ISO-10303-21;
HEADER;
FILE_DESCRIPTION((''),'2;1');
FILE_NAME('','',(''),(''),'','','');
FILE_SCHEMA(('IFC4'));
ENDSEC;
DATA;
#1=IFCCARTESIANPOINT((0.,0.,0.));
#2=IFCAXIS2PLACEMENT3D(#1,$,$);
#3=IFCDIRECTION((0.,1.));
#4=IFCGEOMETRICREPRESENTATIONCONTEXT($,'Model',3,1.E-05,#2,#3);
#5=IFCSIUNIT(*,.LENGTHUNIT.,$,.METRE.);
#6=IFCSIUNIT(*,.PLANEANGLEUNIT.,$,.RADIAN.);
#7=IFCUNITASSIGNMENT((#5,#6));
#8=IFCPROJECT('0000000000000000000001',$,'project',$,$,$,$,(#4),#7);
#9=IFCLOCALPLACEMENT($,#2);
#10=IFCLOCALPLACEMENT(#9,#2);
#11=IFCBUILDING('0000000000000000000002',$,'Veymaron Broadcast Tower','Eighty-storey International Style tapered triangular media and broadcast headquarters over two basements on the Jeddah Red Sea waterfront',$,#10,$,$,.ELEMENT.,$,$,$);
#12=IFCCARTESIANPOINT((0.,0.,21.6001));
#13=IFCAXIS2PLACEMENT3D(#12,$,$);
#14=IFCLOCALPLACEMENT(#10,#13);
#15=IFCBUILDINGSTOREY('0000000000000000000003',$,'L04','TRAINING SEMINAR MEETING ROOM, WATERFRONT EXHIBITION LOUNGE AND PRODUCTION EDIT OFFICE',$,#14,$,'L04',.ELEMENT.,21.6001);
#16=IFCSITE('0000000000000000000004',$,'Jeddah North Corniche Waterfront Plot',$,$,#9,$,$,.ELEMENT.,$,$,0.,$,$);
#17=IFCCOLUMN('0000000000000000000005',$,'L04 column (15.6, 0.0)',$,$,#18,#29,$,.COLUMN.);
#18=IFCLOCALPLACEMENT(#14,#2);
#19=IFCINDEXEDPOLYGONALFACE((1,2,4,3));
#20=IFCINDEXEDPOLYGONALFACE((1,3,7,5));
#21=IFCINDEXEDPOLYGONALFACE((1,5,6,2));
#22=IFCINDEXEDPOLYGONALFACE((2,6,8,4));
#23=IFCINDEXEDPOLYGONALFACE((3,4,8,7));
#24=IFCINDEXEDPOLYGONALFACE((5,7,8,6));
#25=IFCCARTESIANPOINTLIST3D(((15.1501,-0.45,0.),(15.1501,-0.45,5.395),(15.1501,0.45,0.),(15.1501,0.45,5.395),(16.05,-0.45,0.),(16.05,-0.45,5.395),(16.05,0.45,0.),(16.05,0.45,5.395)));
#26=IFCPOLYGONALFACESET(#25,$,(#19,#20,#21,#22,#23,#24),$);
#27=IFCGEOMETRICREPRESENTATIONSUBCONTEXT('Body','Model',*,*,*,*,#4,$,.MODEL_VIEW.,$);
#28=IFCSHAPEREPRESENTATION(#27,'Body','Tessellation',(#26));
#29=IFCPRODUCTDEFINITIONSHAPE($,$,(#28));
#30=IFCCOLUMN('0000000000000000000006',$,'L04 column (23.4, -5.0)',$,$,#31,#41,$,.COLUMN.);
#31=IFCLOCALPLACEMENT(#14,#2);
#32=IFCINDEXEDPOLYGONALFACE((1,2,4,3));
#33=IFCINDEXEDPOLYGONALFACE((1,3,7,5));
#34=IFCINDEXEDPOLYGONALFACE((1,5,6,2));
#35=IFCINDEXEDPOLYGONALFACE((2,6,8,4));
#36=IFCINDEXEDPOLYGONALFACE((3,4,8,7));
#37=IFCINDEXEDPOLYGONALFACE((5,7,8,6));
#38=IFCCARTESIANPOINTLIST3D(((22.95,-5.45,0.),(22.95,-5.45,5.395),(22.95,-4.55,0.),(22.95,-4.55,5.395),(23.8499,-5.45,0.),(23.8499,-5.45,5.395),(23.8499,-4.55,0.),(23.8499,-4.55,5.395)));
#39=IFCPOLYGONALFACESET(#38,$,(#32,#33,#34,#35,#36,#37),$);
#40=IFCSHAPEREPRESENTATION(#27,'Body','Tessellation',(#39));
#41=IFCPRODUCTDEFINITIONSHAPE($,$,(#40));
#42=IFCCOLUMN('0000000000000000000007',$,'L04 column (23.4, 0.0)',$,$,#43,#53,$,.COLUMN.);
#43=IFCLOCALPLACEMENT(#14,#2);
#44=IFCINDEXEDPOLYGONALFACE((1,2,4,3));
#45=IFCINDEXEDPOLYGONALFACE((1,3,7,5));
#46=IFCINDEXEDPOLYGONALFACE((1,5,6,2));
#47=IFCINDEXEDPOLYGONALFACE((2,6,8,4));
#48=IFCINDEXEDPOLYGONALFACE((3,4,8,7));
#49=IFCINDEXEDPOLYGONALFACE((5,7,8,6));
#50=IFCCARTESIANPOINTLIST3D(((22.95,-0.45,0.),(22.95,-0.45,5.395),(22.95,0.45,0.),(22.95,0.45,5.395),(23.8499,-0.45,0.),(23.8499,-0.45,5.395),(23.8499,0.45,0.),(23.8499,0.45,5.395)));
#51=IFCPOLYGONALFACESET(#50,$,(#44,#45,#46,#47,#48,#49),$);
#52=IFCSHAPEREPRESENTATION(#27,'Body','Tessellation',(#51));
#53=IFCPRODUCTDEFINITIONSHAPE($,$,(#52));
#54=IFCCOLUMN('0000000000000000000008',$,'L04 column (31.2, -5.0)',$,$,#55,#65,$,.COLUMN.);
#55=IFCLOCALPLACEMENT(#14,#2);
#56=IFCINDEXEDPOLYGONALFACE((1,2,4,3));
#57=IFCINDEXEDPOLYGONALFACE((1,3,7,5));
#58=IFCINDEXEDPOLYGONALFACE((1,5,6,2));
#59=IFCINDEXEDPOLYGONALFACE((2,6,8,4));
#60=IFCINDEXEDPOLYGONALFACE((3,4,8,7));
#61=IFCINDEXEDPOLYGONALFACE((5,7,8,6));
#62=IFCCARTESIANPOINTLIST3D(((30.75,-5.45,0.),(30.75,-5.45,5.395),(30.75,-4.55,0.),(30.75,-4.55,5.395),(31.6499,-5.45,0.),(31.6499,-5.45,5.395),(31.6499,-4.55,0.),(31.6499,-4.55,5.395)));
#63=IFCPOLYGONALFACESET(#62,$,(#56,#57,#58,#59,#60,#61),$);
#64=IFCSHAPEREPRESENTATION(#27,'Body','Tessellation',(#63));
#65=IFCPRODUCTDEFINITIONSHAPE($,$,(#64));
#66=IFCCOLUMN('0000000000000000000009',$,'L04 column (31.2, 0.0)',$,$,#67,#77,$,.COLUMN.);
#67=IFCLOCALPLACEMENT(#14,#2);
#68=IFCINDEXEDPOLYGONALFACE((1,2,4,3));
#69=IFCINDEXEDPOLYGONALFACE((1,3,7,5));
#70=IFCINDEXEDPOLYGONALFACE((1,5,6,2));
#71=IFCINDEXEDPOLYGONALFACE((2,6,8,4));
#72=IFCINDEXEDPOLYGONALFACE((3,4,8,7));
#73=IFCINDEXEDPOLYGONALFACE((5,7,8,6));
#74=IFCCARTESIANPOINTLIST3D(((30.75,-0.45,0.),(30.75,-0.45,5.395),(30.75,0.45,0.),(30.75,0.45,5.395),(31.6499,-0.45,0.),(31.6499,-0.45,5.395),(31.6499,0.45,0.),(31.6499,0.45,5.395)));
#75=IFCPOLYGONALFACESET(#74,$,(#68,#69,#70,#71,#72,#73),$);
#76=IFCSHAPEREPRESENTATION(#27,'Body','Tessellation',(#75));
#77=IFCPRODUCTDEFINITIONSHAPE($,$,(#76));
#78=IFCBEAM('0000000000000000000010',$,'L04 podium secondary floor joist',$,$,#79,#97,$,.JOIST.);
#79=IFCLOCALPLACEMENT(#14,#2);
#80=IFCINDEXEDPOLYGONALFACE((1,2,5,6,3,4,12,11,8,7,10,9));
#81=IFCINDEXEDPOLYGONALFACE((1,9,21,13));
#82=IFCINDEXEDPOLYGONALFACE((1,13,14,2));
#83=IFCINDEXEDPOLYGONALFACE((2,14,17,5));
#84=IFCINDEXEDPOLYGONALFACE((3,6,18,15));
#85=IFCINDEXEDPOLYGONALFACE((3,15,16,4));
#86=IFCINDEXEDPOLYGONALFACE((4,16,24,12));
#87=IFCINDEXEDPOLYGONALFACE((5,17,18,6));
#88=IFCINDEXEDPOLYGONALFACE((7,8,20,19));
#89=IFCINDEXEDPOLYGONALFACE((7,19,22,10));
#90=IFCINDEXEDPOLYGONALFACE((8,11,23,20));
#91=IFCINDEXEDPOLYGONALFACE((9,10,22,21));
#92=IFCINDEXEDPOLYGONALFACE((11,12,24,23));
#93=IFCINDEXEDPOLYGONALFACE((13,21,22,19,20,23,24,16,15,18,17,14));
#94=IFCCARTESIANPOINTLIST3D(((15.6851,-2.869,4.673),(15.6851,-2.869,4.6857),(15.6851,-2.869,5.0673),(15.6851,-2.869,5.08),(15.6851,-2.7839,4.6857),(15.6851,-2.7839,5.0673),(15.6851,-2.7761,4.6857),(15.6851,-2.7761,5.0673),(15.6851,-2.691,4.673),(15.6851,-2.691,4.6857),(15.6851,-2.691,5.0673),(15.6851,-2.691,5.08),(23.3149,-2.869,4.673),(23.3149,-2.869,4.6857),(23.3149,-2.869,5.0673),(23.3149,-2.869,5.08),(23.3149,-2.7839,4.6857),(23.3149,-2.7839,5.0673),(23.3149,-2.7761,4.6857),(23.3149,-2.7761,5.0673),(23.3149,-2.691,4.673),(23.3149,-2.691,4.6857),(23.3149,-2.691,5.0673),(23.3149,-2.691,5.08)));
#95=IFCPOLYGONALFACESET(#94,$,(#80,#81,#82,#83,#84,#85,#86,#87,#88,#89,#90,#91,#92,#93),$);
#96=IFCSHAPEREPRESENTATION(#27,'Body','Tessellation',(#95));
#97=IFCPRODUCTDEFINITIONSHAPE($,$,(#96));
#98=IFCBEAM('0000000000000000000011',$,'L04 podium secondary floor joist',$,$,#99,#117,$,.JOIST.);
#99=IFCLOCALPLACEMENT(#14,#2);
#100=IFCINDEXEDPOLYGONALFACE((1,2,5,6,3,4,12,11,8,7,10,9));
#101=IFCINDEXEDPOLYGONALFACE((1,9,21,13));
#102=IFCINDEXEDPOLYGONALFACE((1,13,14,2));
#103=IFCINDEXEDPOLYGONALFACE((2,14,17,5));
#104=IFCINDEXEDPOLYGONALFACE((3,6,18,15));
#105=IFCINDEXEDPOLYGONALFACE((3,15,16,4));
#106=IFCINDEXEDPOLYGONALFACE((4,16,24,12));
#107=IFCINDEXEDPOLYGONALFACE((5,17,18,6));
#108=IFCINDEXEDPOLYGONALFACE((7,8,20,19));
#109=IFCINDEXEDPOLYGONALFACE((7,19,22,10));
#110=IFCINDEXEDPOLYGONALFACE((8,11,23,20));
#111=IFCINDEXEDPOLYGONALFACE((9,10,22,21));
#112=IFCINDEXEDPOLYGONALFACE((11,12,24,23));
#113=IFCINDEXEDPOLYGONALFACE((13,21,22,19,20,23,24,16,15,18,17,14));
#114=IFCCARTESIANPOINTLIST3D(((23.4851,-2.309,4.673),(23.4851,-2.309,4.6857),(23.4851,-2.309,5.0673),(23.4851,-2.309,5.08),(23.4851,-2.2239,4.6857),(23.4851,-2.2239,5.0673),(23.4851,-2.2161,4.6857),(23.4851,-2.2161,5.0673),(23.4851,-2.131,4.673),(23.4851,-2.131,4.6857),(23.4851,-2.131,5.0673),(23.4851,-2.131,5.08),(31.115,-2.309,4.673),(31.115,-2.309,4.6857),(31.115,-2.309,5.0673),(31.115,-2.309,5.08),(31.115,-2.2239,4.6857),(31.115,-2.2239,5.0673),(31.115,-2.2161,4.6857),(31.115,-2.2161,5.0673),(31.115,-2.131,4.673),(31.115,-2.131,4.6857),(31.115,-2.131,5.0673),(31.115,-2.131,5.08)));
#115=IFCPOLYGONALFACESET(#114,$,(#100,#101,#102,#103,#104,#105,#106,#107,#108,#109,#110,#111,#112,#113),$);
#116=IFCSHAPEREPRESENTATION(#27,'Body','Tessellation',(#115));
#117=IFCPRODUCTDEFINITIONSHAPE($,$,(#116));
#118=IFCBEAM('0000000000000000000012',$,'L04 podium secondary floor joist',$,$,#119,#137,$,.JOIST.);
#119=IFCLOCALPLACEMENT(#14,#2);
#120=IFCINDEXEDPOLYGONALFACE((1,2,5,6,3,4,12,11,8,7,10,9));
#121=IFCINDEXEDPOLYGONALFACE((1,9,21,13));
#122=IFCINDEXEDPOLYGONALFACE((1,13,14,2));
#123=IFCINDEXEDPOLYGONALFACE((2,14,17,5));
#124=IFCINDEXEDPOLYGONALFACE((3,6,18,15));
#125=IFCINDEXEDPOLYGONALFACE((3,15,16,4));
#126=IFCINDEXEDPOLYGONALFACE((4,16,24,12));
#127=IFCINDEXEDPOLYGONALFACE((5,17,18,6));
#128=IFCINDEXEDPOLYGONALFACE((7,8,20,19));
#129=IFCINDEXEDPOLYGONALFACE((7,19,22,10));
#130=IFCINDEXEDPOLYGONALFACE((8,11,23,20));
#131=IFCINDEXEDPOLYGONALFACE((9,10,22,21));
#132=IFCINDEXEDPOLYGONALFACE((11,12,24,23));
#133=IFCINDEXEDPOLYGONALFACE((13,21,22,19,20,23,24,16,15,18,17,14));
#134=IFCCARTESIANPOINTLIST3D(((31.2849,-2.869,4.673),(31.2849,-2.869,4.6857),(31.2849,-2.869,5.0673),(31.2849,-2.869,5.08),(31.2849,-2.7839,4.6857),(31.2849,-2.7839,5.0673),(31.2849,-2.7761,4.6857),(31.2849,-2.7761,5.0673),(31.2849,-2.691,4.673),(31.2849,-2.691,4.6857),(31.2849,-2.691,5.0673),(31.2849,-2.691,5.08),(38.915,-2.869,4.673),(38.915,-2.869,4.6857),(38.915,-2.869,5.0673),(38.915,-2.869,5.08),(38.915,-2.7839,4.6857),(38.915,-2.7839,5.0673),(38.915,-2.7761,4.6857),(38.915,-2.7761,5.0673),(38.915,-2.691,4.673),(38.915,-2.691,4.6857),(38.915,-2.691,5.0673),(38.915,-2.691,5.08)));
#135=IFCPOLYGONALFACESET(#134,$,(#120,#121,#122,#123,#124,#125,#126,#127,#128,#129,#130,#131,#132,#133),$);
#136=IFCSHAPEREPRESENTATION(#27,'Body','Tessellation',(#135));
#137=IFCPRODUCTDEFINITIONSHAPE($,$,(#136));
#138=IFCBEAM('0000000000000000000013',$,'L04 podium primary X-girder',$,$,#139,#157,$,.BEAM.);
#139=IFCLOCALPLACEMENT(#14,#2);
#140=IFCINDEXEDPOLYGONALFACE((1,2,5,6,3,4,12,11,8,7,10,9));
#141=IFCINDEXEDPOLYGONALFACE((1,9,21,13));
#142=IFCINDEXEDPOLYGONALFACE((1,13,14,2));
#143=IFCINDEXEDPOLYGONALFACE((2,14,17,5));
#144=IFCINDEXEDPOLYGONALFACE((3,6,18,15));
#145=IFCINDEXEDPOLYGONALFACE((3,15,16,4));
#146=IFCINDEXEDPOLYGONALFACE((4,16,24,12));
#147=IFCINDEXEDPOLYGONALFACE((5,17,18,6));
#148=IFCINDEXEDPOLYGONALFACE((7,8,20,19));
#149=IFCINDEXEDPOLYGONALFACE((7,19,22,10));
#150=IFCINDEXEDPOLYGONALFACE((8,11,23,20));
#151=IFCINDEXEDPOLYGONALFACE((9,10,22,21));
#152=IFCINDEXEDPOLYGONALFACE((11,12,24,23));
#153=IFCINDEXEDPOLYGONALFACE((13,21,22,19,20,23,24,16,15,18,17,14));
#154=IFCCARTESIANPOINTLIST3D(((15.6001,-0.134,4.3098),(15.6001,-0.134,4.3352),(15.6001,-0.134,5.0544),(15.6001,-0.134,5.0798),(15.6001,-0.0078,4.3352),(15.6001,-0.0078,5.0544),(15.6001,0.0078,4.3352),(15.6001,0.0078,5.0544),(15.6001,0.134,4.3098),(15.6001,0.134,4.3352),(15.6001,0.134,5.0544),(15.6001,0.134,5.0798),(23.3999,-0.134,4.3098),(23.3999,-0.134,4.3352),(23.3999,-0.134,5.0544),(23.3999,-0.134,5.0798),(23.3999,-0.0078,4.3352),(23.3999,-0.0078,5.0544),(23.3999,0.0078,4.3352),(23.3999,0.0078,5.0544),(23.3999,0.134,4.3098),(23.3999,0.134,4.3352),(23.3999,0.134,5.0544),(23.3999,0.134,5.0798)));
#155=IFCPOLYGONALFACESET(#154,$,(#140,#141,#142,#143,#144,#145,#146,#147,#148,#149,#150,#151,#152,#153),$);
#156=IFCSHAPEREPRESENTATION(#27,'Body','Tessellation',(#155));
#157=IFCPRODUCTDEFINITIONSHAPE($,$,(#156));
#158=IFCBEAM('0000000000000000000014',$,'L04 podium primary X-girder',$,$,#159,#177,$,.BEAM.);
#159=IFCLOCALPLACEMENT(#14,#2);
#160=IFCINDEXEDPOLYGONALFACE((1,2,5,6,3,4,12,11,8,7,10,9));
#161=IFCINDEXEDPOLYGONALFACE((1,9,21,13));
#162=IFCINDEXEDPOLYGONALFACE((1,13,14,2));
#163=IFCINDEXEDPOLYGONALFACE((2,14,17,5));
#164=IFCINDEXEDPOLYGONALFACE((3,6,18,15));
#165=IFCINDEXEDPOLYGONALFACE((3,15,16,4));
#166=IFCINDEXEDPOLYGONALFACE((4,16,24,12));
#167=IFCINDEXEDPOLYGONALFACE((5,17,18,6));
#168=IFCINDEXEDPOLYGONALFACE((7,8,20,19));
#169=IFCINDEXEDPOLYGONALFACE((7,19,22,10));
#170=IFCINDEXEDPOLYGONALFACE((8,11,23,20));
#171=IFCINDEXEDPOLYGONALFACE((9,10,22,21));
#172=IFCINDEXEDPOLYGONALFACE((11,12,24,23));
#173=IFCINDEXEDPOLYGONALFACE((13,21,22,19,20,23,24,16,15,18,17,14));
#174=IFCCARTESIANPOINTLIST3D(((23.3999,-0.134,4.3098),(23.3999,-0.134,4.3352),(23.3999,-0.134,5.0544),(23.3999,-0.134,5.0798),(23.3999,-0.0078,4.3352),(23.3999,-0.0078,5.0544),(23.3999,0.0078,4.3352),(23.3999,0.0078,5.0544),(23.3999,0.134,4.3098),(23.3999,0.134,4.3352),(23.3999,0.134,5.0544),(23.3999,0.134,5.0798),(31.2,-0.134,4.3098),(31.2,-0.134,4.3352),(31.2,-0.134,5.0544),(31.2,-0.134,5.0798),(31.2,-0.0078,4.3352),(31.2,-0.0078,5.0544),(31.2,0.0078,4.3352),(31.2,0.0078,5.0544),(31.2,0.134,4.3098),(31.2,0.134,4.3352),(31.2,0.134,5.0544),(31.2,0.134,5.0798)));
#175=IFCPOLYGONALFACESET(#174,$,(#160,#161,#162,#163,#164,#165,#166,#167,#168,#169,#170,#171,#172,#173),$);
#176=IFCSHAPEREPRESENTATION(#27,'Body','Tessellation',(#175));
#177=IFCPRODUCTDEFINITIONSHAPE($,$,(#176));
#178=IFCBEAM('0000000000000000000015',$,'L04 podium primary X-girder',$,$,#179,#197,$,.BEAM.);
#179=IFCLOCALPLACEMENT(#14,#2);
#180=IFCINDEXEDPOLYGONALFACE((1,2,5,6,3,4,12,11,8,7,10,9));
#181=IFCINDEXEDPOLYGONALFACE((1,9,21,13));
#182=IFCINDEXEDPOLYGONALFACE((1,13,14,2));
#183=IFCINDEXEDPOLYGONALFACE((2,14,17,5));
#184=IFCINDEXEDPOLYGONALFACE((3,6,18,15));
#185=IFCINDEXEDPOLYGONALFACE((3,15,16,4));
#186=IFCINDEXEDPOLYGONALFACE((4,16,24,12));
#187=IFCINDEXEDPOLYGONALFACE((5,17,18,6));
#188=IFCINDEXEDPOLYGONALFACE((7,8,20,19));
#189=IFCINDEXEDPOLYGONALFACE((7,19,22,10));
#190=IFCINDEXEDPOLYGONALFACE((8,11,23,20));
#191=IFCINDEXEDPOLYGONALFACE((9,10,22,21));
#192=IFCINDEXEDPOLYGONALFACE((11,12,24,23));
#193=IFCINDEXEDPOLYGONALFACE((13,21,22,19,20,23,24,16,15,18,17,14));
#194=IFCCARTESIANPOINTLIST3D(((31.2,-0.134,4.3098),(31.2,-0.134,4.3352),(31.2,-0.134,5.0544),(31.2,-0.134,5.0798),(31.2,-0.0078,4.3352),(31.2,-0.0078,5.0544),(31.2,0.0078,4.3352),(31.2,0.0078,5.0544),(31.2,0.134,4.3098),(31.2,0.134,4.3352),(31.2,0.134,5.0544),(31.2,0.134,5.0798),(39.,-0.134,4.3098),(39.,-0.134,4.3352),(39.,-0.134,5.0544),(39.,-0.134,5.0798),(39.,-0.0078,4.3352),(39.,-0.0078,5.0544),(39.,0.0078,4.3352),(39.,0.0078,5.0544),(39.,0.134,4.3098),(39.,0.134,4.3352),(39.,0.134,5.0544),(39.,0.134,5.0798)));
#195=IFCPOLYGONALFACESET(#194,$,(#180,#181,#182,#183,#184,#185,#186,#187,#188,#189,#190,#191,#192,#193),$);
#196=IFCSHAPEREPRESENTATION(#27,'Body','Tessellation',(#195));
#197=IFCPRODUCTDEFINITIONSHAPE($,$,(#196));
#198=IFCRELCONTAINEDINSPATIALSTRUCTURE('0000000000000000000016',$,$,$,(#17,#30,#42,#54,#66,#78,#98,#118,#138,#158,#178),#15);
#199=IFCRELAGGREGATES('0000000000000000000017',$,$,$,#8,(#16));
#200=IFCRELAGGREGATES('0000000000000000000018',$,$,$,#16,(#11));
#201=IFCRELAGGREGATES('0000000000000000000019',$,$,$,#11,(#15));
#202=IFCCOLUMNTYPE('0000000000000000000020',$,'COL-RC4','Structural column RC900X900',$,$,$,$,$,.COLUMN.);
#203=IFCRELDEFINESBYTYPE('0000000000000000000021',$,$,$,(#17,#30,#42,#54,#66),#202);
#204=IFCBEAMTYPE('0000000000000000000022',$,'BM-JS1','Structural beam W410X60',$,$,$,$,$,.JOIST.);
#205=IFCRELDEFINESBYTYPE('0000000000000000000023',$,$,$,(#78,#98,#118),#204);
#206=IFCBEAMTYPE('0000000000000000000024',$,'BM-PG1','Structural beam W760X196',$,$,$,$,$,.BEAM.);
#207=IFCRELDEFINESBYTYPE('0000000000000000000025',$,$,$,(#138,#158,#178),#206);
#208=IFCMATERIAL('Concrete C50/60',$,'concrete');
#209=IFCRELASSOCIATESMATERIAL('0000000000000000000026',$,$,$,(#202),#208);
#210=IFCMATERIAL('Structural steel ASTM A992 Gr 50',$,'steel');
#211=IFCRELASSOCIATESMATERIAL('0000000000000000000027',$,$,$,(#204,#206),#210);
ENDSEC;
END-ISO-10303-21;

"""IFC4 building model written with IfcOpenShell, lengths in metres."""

from ifc_helpers import new_model, si_unit, direction, frame, origin, origin_2d, place, context, subcontext, project, spatial, rectangle, i_section, extrude, material, material_profile, profile_set, type_object, element, save


model = new_model("IFC4")

# Units and contexts
model_context = context("Model", 3, precision=1e-05, world=origin(), true_north=direction((0.0, 1.0)))
body_context = subcontext(model_context, "Body", "Model", "MODEL_VIEW")
ifc_project = project(units=[si_unit("LENGTHUNIT", "METRE"), si_unit("PLANEANGLEUNIT", "RADIAN")], contexts=[model_context])

# Site, building, storey
site_placement = place(None, origin())
site = spatial("IfcSite", under=ifc_project, at=site_placement, Name="Jeddah North Corniche Waterfront Plot", CompositionType="ELEMENT", RefElevation=0.0)
building_placement = place(site_placement, origin())
building = spatial("IfcBuilding", under=site, at=building_placement, Name="Veymaron Broadcast Tower", Description="Eighty-storey International Style tapered triangular media and broadcast headquarters over two basements on the Jeddah Red Sea waterfront", CompositionType="ELEMENT")
storey_placement = place(building_placement, frame((0.0, 0.0, 21.6001)))
storey = spatial("IfcBuildingStorey", under=building, at=storey_placement, Name="L04", Description="TRAINING SEMINAR MEETING ROOM, WATERFRONT EXHIBITION LOUNGE AND PRODUCTION EDIT OFFICE", LongName="L04", CompositionType="ELEMENT", Elevation=21.6001)

# Columns
ifc_material_1 = material(Name="Concrete C50/60", Category="concrete")
ifc_material_profile_1 = material_profile(ifc_material_1, rectangle(XDim=0.8999, YDim=0.8999, at=origin_2d()), Name="RC900X900")
ifc_profile_set_1 = profile_set([ifc_material_profile_1], Name="Concrete C50/60")
column_type = type_object("IfcColumnType", Name="COL-RC4", Description="Structural column RC900X900", PredefinedType="COLUMN", material=ifc_profile_set_1)
for number, where, z_axis, x_axis, name in (
    (1, (15.6001, 0.0, 0.0), (0.0, 0.0, 1.0), (1.0, 0.0, 0.0), "L04 column (15.6, 0.0)"),
    (2, (23.3999, -5.0, 0.0), (0.0, 0.0, 1.0), (1.0, 0.0, 0.0), "L04 column (23.4, -5.0)"),
    (3, (23.3999, 0.0, 0.0), (0.0, 0.0, 1.0), (1.0, 0.0, 0.0), "L04 column (23.4, 0.0)"),
    (4, (31.2, -5.0, 0.0), (0.0, 0.0, 1.0), (1.0, 0.0, 0.0), "L04 column (31.2, -5.0)"),
    (5, (31.2, 0.0, 0.0), (0.0, 0.0, 1.0), (1.0, 0.0, 0.0), "L04 column (31.2, 0.0)"),
):
    element("IfcColumn", number, at=place(storey_placement, frame(where, z_axis=z_axis, x_axis=x_axis)), inside=storey, type_object=column_type, Name=name, PredefinedType="COLUMN", context=body_context, shape_type="SweptSolid", body=[
        extrude(rectangle(XDim=0.8999, YDim=0.8999, at=origin_2d()), origin(), (0.0, 0.0, 1.0), 5.395),
    ])

# Beams
ifc_material_2 = material(Name="Structural steel ASTM A992 Gr 50", Category="steel")
ifc_material_profile_2 = material_profile(ifc_material_2, i_section(OverallWidth=0.178, OverallDepth=0.407, WebThickness=0.0078, FlangeThickness=0.0127, at=origin_2d()), Name="W410X60")
ifc_profile_set_2 = profile_set([ifc_material_profile_2], Name="Structural steel ASTM A992 Gr 50")
beam_type_1 = type_object("IfcBeamType", Name="BM-JS1", Description="Structural beam W410X60", PredefinedType="JOIST", material=ifc_profile_set_2)
for number, where, z_axis, x_axis, name in (
    (6, (15.6851, -2.78, 4.8765), (1.0, 0.0, 0.0), (0.0, 1.0, 0.0), "L04 podium secondary floor joist"),
    (7, (23.4851, -2.22, 4.8765), (1.0, 0.0, 0.0), (0.0, 1.0, 0.0), "L04 podium secondary floor joist"),
):
    element("IfcBeam", number, at=place(storey_placement, frame(where, z_axis=z_axis, x_axis=x_axis)), inside=storey, type_object=beam_type_1, Name=name, PredefinedType="JOIST", context=body_context, shape_type="SweptSolid", body=[
        extrude(i_section(OverallWidth=0.178, OverallDepth=0.407, WebThickness=0.0078, FlangeThickness=0.0127, at=origin_2d()), origin(), (0.0, 0.0, 1.0), 7.6299),
    ])
beam_1_placement = place(storey_placement, frame((31.2849, -2.78, 4.8765), z_axis=(1.0, 0.0, 0.0), x_axis=(0.0, 1.0, 0.0)))
element("IfcBeam", 8, at=beam_1_placement, inside=storey, type_object=beam_type_1, Name="L04 podium secondary floor joist", PredefinedType="JOIST", context=body_context, shape_type="SweptSolid", body=[
    extrude(i_section(OverallWidth=0.178, OverallDepth=0.407, WebThickness=0.0078, FlangeThickness=0.0127, at=origin_2d()), origin(), (0.0, 0.0, 1.0), 7.6301),
])
ifc_material_profile_3 = material_profile(ifc_material_2, i_section(OverallWidth=0.2681, OverallDepth=0.77, WebThickness=0.0156, FlangeThickness=0.0254, at=origin_2d()), Name="W760X196")
ifc_profile_set_3 = profile_set([ifc_material_profile_3], Name="Structural steel ASTM A992 Gr 50")
beam_type_2 = type_object("IfcBeamType", Name="BM-PG1", Description="Structural beam W760X196", PredefinedType="BEAM", material=ifc_profile_set_3)
beam_2_placement = place(storey_placement, frame((15.6001, 0.0, 4.6948), z_axis=(1.0, 0.0, 0.0), x_axis=(0.0, 1.0, 0.0)))
element("IfcBeam", 9, at=beam_2_placement, inside=storey, type_object=beam_type_2, Name="L04 podium primary X-girder", PredefinedType="BEAM", context=body_context, shape_type="SweptSolid", body=[
    extrude(i_section(OverallWidth=0.2681, OverallDepth=0.77, WebThickness=0.0156, FlangeThickness=0.0254, at=origin_2d()), origin(), (0.0, 0.0, 1.0), 7.7998),
])
for number, where, z_axis, x_axis, name in (
    (10, (23.3999, 0.0, 4.6948), (1.0, 0.0, 0.0), (0.0, 1.0, 0.0), "L04 podium primary X-girder"),
    (11, (31.2, 0.0, 4.6948), (1.0, 0.0, 0.0), (0.0, 1.0, 0.0), "L04 podium primary X-girder"),
):
    element("IfcBeam", number, at=place(storey_placement, frame(where, z_axis=z_axis, x_axis=x_axis)), inside=storey, type_object=beam_type_2, Name=name, PredefinedType="BEAM", context=body_context, shape_type="SweptSolid", body=[
        extrude(i_section(OverallWidth=0.2681, OverallDepth=0.77, WebThickness=0.0156, FlangeThickness=0.0254, at=origin_2d()), origin(), (0.0, 0.0, 1.0), 7.8),
    ])

save(model, "model.ifc")
